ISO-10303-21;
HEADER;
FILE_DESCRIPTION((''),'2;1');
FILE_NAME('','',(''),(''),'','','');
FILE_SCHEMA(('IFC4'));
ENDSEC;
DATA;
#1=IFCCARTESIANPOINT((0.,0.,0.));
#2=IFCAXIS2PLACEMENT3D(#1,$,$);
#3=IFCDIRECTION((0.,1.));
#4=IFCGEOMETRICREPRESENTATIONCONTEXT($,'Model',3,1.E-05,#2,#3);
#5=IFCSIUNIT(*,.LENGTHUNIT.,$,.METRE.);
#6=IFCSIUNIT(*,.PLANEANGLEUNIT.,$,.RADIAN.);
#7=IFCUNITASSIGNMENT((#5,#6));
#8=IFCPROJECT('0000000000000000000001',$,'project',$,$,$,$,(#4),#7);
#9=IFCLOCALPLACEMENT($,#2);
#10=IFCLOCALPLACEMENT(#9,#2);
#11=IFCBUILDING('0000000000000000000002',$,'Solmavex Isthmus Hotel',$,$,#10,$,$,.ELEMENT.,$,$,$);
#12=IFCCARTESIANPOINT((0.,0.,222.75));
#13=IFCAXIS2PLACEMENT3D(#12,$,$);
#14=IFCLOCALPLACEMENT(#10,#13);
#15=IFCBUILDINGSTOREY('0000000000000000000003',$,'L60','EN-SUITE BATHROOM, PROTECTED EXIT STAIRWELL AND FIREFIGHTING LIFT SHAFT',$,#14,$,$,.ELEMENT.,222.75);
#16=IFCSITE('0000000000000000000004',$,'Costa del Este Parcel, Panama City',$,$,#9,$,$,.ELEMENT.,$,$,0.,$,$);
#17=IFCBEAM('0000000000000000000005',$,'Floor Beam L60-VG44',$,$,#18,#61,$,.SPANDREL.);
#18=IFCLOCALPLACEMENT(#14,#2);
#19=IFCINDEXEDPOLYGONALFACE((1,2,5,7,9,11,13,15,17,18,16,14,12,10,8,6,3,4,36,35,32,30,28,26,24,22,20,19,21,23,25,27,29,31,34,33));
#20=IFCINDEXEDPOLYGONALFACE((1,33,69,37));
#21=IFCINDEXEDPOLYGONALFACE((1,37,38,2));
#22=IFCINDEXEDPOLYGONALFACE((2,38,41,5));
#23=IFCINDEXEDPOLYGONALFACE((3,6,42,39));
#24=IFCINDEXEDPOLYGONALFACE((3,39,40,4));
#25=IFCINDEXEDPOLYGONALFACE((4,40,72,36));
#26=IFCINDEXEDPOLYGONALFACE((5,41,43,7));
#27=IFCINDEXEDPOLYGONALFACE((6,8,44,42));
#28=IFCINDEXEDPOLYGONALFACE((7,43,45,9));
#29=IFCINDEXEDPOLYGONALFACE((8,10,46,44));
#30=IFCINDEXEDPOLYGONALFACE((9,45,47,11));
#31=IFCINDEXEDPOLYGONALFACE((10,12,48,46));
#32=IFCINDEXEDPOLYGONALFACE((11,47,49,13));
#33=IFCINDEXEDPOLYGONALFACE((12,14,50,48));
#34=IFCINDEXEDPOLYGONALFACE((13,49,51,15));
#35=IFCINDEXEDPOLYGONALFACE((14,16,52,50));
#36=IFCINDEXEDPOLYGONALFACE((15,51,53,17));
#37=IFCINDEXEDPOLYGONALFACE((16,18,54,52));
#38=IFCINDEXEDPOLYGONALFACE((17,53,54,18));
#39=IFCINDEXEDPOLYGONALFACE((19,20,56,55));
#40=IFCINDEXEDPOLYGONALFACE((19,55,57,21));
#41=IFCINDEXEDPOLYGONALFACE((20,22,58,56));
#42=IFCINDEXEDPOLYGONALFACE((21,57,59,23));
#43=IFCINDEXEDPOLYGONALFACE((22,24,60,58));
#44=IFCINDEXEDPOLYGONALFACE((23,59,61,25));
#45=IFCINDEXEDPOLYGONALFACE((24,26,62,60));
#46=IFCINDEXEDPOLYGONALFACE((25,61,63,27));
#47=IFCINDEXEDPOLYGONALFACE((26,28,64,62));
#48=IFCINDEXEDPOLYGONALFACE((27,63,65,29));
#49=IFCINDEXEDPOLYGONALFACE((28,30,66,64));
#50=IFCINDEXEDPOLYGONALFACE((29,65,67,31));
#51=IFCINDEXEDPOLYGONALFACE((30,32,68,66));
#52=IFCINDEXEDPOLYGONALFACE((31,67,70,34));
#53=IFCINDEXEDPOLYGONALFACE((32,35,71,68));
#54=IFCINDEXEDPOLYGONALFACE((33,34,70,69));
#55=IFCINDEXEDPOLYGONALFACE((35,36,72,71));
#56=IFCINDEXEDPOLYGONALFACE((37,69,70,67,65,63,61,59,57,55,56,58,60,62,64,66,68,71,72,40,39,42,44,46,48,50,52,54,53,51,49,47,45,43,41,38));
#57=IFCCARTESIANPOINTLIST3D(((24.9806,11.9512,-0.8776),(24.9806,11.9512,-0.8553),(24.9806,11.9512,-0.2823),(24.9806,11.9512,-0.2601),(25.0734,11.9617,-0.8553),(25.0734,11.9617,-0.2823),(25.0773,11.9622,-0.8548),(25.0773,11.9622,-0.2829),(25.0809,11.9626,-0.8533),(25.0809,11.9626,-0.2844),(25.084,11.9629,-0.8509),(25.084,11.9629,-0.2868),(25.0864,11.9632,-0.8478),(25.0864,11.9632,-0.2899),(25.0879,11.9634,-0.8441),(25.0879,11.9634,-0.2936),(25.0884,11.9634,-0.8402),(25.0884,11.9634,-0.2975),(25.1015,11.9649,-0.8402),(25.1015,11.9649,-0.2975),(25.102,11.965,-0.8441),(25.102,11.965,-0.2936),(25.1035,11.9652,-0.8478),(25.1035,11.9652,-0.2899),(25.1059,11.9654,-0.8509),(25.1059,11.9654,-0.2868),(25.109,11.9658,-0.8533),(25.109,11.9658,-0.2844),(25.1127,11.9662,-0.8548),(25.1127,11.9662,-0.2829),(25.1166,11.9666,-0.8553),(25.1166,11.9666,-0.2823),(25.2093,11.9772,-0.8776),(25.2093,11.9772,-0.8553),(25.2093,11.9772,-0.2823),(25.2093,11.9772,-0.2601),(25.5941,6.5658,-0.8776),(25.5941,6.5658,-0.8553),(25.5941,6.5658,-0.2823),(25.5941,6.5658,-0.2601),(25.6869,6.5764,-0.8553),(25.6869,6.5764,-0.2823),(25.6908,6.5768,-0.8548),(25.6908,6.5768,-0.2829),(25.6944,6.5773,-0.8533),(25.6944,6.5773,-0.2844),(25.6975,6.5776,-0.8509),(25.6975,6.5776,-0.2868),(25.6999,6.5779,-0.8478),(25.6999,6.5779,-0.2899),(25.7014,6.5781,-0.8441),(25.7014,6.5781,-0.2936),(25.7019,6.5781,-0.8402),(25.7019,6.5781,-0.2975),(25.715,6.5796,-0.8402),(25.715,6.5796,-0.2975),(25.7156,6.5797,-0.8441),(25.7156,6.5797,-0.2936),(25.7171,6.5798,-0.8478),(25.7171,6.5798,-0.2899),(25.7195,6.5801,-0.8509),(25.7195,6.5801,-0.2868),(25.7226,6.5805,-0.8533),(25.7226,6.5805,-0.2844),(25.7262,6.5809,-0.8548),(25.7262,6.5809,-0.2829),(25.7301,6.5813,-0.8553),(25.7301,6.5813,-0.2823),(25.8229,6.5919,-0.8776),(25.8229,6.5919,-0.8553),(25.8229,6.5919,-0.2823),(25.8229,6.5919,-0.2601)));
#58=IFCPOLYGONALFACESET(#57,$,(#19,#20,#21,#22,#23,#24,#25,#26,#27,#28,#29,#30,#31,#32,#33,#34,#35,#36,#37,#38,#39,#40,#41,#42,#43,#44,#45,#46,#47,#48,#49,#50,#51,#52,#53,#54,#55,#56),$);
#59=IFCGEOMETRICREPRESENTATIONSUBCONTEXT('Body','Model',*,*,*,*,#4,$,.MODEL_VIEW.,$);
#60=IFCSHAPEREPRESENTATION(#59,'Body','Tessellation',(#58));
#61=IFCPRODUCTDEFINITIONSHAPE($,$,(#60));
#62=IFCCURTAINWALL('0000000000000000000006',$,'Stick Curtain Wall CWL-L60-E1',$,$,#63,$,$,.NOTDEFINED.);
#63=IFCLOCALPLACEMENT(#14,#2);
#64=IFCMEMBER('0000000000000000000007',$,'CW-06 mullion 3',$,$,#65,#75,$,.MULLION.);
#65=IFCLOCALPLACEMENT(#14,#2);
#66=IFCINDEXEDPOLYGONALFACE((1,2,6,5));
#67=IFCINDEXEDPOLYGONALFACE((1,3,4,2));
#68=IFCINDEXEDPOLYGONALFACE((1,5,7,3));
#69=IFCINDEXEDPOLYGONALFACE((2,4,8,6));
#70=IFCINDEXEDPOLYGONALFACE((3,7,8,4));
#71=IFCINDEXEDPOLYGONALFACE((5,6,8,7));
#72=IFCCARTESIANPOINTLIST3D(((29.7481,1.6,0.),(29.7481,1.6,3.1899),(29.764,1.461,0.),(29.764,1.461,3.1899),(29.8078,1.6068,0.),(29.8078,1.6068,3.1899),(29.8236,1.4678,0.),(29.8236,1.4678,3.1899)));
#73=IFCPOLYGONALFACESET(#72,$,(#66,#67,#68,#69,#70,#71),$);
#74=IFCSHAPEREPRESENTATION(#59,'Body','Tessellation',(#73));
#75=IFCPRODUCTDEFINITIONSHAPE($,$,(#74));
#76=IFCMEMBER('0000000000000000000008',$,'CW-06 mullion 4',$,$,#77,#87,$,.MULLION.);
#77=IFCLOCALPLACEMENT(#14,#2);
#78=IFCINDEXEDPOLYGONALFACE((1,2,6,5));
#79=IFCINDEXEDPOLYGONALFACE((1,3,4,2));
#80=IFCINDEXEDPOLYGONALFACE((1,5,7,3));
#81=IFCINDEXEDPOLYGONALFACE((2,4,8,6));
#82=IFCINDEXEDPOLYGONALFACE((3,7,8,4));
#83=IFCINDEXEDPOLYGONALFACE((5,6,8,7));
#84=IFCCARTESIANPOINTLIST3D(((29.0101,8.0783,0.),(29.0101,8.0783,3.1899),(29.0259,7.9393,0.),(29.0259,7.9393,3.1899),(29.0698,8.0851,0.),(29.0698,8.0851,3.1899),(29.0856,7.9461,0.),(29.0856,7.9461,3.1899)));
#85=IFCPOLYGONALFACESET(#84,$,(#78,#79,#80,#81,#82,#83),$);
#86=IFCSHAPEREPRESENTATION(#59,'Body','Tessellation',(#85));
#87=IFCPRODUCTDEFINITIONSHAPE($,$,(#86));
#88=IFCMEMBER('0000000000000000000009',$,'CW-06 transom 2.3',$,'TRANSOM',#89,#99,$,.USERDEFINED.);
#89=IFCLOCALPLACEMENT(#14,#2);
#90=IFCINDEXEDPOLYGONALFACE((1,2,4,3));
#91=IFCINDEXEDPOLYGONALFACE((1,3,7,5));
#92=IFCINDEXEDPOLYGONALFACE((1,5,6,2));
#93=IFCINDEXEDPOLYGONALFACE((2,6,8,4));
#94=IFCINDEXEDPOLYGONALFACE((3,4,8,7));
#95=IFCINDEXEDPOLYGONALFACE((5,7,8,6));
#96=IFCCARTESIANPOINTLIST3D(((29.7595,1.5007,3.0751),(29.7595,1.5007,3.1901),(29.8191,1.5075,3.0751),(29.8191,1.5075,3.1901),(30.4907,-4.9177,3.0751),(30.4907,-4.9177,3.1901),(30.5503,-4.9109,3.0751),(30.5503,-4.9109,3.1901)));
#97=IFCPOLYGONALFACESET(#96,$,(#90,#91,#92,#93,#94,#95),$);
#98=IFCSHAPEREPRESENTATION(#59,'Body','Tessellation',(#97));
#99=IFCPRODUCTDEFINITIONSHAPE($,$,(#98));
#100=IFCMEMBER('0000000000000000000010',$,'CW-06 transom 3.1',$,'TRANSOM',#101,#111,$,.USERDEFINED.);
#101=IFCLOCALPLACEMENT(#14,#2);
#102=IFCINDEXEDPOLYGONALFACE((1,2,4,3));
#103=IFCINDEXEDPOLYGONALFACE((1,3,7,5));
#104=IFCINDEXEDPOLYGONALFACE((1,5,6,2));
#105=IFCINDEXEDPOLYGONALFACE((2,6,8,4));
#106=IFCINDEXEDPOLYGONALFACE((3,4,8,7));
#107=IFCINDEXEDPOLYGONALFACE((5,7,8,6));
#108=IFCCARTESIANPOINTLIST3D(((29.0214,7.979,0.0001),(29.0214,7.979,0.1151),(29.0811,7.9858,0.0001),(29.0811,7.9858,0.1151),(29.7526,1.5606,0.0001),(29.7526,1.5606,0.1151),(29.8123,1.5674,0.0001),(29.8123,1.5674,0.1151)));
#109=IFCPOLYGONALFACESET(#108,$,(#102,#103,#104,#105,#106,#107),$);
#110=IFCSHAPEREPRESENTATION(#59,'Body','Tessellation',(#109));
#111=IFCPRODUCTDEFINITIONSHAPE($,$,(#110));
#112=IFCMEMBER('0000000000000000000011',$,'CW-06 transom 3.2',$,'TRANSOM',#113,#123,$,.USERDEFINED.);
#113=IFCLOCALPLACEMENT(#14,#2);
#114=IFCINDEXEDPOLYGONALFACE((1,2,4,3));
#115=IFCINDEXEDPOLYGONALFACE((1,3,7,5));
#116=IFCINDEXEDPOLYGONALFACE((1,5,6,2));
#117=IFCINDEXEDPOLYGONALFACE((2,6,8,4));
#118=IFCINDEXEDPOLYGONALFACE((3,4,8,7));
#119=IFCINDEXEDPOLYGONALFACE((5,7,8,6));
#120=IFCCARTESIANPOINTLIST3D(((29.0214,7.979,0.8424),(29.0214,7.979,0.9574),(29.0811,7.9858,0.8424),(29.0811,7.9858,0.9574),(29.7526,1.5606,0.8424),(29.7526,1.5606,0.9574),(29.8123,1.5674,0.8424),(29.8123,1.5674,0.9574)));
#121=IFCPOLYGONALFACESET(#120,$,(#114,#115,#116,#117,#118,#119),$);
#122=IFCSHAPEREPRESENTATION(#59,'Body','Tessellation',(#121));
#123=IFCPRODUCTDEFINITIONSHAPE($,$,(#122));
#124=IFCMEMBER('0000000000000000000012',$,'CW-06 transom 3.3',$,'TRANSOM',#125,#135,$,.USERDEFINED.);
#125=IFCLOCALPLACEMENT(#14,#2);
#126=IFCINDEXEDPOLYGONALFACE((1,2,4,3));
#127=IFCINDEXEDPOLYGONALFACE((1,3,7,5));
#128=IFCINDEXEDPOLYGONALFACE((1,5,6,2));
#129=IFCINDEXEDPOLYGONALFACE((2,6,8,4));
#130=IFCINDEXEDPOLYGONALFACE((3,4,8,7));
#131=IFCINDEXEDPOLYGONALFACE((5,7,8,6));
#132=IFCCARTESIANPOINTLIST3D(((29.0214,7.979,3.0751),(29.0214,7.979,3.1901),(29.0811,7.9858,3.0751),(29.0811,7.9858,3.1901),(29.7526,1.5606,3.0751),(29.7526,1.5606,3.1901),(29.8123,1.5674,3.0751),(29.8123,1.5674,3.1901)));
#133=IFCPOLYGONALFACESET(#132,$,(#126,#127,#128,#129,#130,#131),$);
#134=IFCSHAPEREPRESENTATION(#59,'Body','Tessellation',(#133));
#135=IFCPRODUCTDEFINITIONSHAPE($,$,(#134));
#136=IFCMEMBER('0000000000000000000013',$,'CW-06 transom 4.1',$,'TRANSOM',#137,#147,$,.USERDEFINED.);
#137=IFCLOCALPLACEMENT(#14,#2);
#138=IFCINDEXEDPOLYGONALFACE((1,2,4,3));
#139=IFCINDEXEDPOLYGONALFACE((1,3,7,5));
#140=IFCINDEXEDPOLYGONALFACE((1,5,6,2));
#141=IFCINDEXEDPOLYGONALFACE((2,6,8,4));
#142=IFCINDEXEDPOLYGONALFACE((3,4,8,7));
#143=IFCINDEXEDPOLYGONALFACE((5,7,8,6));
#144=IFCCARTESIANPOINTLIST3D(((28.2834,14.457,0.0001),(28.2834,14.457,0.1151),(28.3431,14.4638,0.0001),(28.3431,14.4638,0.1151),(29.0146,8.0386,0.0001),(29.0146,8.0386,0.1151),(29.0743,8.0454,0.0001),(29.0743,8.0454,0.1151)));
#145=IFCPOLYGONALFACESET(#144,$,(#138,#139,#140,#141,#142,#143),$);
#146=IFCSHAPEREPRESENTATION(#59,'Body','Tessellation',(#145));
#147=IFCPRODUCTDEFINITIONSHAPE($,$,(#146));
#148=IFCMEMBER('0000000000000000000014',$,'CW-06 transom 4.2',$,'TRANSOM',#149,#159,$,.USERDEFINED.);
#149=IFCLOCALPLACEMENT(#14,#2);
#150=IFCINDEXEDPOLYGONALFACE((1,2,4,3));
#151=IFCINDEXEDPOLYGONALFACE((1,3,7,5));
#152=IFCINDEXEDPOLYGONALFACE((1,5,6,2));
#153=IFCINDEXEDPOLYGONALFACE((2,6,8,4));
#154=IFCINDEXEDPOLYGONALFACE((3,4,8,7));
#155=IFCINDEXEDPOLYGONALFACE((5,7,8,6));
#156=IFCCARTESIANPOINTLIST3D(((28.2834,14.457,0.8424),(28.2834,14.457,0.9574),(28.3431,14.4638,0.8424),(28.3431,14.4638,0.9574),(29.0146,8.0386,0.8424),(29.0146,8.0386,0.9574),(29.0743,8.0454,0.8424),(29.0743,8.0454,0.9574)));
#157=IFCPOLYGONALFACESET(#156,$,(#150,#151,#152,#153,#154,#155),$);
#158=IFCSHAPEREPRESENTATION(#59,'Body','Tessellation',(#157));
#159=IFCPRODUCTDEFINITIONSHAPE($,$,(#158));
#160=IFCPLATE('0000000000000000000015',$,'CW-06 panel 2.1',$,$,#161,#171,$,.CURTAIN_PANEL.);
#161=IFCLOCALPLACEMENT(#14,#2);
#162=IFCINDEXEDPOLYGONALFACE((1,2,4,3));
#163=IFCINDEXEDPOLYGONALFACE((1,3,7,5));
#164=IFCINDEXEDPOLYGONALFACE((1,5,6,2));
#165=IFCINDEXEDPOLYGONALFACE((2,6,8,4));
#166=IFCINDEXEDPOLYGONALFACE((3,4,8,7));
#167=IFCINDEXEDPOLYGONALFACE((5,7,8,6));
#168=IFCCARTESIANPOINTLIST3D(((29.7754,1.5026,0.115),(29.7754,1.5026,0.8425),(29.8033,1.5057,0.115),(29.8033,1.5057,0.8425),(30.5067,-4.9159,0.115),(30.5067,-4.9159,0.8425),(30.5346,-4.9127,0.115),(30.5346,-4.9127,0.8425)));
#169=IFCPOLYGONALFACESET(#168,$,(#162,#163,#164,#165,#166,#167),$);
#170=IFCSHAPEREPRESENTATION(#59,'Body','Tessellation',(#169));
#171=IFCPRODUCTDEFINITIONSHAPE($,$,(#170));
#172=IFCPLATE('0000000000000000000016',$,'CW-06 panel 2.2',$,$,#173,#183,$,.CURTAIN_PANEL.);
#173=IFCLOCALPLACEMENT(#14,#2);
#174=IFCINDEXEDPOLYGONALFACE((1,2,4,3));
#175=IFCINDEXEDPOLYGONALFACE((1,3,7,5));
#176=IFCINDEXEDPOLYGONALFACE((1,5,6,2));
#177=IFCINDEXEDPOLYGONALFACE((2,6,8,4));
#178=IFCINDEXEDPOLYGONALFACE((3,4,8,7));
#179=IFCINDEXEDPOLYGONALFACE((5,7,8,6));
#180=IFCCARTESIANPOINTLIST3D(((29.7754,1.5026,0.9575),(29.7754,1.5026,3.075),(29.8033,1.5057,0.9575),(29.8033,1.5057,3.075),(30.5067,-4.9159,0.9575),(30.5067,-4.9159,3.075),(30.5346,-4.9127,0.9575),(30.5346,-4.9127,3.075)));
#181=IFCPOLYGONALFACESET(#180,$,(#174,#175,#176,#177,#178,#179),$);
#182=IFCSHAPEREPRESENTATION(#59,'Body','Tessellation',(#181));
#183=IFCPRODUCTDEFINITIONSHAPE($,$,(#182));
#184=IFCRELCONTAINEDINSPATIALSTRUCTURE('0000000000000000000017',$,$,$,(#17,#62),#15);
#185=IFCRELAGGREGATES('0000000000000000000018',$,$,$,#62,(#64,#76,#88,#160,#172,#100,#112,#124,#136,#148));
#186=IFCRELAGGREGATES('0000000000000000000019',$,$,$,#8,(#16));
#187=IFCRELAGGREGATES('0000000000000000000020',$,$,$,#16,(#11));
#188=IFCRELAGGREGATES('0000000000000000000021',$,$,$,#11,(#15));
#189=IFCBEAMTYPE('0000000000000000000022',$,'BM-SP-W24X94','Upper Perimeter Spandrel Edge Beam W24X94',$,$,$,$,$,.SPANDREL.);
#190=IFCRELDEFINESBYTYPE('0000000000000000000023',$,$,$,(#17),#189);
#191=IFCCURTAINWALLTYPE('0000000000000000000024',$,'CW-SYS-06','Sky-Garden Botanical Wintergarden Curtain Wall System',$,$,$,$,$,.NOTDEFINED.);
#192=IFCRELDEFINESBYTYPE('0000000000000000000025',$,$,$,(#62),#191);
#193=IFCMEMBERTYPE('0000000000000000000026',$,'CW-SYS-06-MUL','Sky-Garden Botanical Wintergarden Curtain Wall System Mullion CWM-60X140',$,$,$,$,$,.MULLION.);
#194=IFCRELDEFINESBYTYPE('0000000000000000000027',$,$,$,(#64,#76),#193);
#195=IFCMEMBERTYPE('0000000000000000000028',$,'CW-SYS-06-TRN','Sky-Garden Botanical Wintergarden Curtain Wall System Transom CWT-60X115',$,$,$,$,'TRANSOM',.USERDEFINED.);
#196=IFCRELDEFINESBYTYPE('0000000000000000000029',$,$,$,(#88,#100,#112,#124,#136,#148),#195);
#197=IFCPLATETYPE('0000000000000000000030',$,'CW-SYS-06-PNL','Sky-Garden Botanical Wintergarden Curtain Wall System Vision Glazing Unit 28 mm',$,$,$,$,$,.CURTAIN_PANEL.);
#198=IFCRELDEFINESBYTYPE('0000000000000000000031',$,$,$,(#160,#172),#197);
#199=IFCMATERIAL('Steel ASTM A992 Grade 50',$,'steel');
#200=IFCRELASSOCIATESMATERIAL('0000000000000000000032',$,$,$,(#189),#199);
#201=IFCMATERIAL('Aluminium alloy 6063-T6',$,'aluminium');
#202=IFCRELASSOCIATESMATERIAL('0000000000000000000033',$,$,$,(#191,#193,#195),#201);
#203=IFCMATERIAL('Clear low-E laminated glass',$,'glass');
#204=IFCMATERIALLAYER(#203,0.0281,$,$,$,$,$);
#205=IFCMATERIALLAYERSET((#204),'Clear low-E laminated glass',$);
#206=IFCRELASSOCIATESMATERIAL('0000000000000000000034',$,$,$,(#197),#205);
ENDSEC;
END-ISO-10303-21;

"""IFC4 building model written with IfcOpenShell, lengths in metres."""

from ifc_helpers import new_model, si_unit, direction, frame, origin, origin_2d, place, context, subcontext, project, spatial, rectangle, i_section, extrude, material, layer, layer_set, material_profile, profile_set, type_object, element, aggregate, save


model = new_model("IFC4")

# Units and contexts
model_context = context("Model", 3, precision=1e-05, world=origin(), true_north=direction((0.0, 1.0)))
body_context = subcontext(model_context, "Body", "Model", "MODEL_VIEW")
ifc_project = project(units=[si_unit("LENGTHUNIT", "METRE"), si_unit("PLANEANGLEUNIT", "RADIAN")], contexts=[model_context])

# Site, building, storey
site_placement = place(None, origin())
site = spatial("IfcSite", under=ifc_project, at=site_placement, Name="Costa del Este Parcel, Panama City", CompositionType="ELEMENT", RefElevation=0.0)
building_placement = place(site_placement, origin())
building = spatial("IfcBuilding", under=site, at=building_placement, Name="Solmavex Isthmus Hotel", CompositionType="ELEMENT")
storey_placement = place(building_placement, frame((0.0, 0.0, 222.75)))
storey = spatial("IfcBuildingStorey", under=building, at=storey_placement, Name="L60", Description="EN-SUITE BATHROOM, PROTECTED EXIT STAIRWELL AND FIREFIGHTING LIFT SHAFT", CompositionType="ELEMENT", Elevation=222.75)

# Beam
ifc_material_1 = material(Name="Steel ASTM A992 Grade 50", Category="steel")
ifc_material_profile_1 = material_profile(ifc_material_1, i_section(OverallWidth=0.2302, OverallDepth=0.6174, WebThickness=0.0132, FlangeThickness=0.0222, FilletRadius=0.0151, at=origin_2d()), Name="W24X94")
ifc_profile_set_1 = profile_set([ifc_material_profile_1], Name="Steel ASTM A992 Grade 50")
beam_type_1 = type_object("IfcBeamType", Name="BM-SP-W24X94", Description="Upper Perimeter Spandrel Edge Beam W24X94", PredefinedType="SPANDREL", material=ifc_profile_set_1)
beam_1_placement = place(storey_placement, frame((25.7085, 6.5789, -0.5688), z_axis=(-0.113195, 0.993573, 0.0), x_axis=(-0.993573, -0.113195, 0.0)))
element("IfcBeam", 1, at=beam_1_placement, inside=storey, type_object=beam_type_1, Name="Floor Beam L60-VG44", PredefinedType="SPANDREL", context=body_context, shape_type="SweptSolid", body=[
    extrude(i_section(OverallWidth=0.2302, OverallDepth=0.6174, WebThickness=0.0132, FlangeThickness=0.0222, FilletRadius=0.0151, at=origin_2d()), origin(), (0.0, 0.0, 1.0), 5.4202),
])

# Curtain wall, members, plates
ifc_material_2 = material(Name="Aluminium alloy 6063-T6", Category="aluminium")
curtain_wall_type = type_object("IfcCurtainWallType", Name="CW-SYS-06", Description="Sky-Garden Botanical Wintergarden Curtain Wall System", PredefinedType="NOTDEFINED", material=ifc_material_2)
curtain_wall_placement = place(storey_placement, origin())
curtain_wall = element("IfcCurtainWall", 2, at=curtain_wall_placement, inside=storey, type_object=curtain_wall_type, Name="Stick Curtain Wall CWL-L60-E1", PredefinedType="NOTDEFINED")
ifc_material_profile_2 = material_profile(ifc_material_2, rectangle(XDim=0.0601, YDim=0.1399, at=origin_2d()), Name="CWM-60X140")
ifc_profile_set_2 = profile_set([ifc_material_profile_2], Name="Aluminium alloy 6063-T6")
member_type_1 = type_object("IfcMemberType", Name="CW-SYS-06-MUL", Description="Sky-Garden Botanical Wintergarden Curtain Wall System Mullion CWM-60X140", PredefinedType="MULLION", material=ifc_profile_set_2)
member_1_placement = place(storey_placement, frame((29.7859, 1.5339, 0.0), z_axis=(0.0, 0.0, 1.0), x_axis=(-0.993572, -0.113203, 0.0)))
member_1 = element("IfcMember", 3, at=member_1_placement, type_object=member_type_1, Name="CW-06 mullion 3", PredefinedType="MULLION", context=body_context, shape_type="SweptSolid", body=[
    extrude(rectangle(XDim=0.0601, YDim=0.1399, at=origin_2d()), origin(), (0.0, 0.0, 1.0), 3.1899),
])
member_2_placement = place(storey_placement, frame((29.0479, 8.0122, 0.0), z_axis=(0.0, 0.0, 1.0), x_axis=(-0.993572, -0.113203, 0.0)))
member_2 = element("IfcMember", 4, at=member_2_placement, type_object=member_type_1, Name="CW-06 mullion 4", PredefinedType="MULLION", context=body_context, shape_type="SweptSolid", body=[
    extrude(rectangle(XDim=0.0601, YDim=0.1399, at=origin_2d()), origin(), (0.0, 0.0, 1.0), 3.1899),
])
ifc_material_profile_3 = material_profile(ifc_material_2, rectangle(XDim=0.0601, YDim=0.115, at=origin_2d()), Name="CWT-60X115")
ifc_profile_set_3 = profile_set([ifc_material_profile_3], Name="Aluminium alloy 6063-T6")
member_type_2 = type_object("IfcMemberType", Name="CW-SYS-06-TRN", Description="Sky-Garden Botanical Wintergarden Curtain Wall System Transom CWT-60X115", ElementType="TRANSOM", PredefinedType="USERDEFINED", material=ifc_profile_set_3)
member_3_placement = place(storey_placement, frame((30.5205, -4.9143, 3.1326), z_axis=(-0.11319, 0.993573, 0.0), x_axis=(-0.993573, -0.11319, 0.0)))
member_3 = element("IfcMember", 5, at=member_3_placement, type_object=member_type_2, Name="CW-06 transom 2.3", ObjectType="TRANSOM", PredefinedType="USERDEFINED", context=body_context, shape_type="SweptSolid", body=[
    extrude(rectangle(XDim=0.0601, YDim=0.115, at=origin_2d()), origin(), (0.0, 0.0, 1.0), 6.46),
])
member_4_placement = place(storey_placement, frame((29.7825, 1.564, 0.0576), z_axis=(-0.11319, 0.993573, 0.0), x_axis=(-0.993573, -0.11319, 0.0)))
member_4 = element("IfcMember", 6, at=member_4_placement, type_object=member_type_2, Name="CW-06 transom 3.1", ObjectType="TRANSOM", PredefinedType="USERDEFINED", context=body_context, shape_type="SweptSolid", body=[
    extrude(rectangle(XDim=0.0601, YDim=0.115, at=origin_2d()), origin(), (0.0, 0.0, 1.0), 6.46),
])
member_5_placement = place(storey_placement, frame((29.7825, 1.564, 0.8999), z_axis=(-0.11319, 0.993573, 0.0), x_axis=(-0.993573, -0.11319, 0.0)))
member_5 = element("IfcMember", 7, at=member_5_placement, type_object=member_type_2, Name="CW-06 transom 3.2", ObjectType="TRANSOM", PredefinedType="USERDEFINED", context=body_context, shape_type="SweptSolid", body=[
    extrude(rectangle(XDim=0.0601, YDim=0.115, at=origin_2d()), origin(), (0.0, 0.0, 1.0), 6.46),
])
member_6_placement = place(storey_placement, frame((29.7825, 1.564, 3.1326), z_axis=(-0.11319, 0.993573, 0.0), x_axis=(-0.993573, -0.11319, 0.0)))
member_6 = element("IfcMember", 8, at=member_6_placement, type_object=member_type_2, Name="CW-06 transom 3.3", ObjectType="TRANSOM", PredefinedType="USERDEFINED", context=body_context, shape_type="SweptSolid", body=[
    extrude(rectangle(XDim=0.0601, YDim=0.115, at=origin_2d()), origin(), (0.0, 0.0, 1.0), 6.46),
])
member_7_placement = place(storey_placement, frame((29.0444, 8.042, 0.0576), z_axis=(-0.11319, 0.993573, 0.0), x_axis=(-0.993573, -0.11319, 0.0)))
member_7 = element("IfcMember", 9, at=member_7_placement, type_object=member_type_2, Name="CW-06 transom 4.1", ObjectType="TRANSOM", PredefinedType="USERDEFINED", context=body_context, shape_type="SweptSolid", body=[
    extrude(rectangle(XDim=0.0601, YDim=0.115, at=origin_2d()), origin(), (0.0, 0.0, 1.0), 6.46),
])
member_8_placement = place(storey_placement, frame((29.0444, 8.042, 0.8999), z_axis=(-0.11319, 0.993573, 0.0), x_axis=(-0.993573, -0.11319, 0.0)))
member_8 = element("IfcMember", 10, at=member_8_placement, type_object=member_type_2, Name="CW-06 transom 4.2", ObjectType="TRANSOM", PredefinedType="USERDEFINED", context=body_context, shape_type="SweptSolid", body=[
    extrude(rectangle(XDim=0.0601, YDim=0.115, at=origin_2d()), origin(), (0.0, 0.0, 1.0), 6.46),
])
ifc_material_3 = material(Name="Clear low-E laminated glass", Category="glass")
ifc_layer_1 = layer(ifc_material_3, 0.0281)
ifc_layer_set_1 = layer_set([ifc_layer_1], Name="Clear low-E laminated glass")
plate_type = type_object("IfcPlateType", Name="CW-SYS-06-PNL", Description="Sky-Garden Botanical Wintergarden Curtain Wall System Vision Glazing Unit 28 mm", PredefinedType="CURTAIN_PANEL", material=ifc_layer_set_1)
plate_1_placement = place(storey_placement, frame((30.155, -1.7051, 0.115), z_axis=(0.0, 0.0, 1.0), x_axis=(-0.113203, 0.993572, 0.0)))
plate_1 = element("IfcPlate", 11, at=plate_1_placement, type_object=plate_type, Name="CW-06 panel 2.1", PredefinedType="CURTAIN_PANEL", context=body_context, shape_type="SweptSolid", body=[
    extrude(rectangle(XDim=6.46, YDim=0.0281, at=origin_2d()), origin(), (0.0, 0.0, 1.0), 0.7275),
])
plate_2_placement = place(storey_placement, frame((30.155, -1.7051, 0.9575), z_axis=(0.0, 0.0, 1.0), x_axis=(-0.113203, 0.993572, 0.0)))
plate_2 = element("IfcPlate", 12, at=plate_2_placement, type_object=plate_type, Name="CW-06 panel 2.2", PredefinedType="CURTAIN_PANEL", context=body_context, shape_type="SweptSolid", body=[
    extrude(rectangle(XDim=6.46, YDim=0.0281, at=origin_2d()), origin(), (0.0, 0.0, 1.0), 2.1174),
])
aggregate(curtain_wall, [member_1, member_2, member_3, plate_1, plate_2, member_4, member_5, member_6, member_7, member_8])

save(model, "model.ifc")
